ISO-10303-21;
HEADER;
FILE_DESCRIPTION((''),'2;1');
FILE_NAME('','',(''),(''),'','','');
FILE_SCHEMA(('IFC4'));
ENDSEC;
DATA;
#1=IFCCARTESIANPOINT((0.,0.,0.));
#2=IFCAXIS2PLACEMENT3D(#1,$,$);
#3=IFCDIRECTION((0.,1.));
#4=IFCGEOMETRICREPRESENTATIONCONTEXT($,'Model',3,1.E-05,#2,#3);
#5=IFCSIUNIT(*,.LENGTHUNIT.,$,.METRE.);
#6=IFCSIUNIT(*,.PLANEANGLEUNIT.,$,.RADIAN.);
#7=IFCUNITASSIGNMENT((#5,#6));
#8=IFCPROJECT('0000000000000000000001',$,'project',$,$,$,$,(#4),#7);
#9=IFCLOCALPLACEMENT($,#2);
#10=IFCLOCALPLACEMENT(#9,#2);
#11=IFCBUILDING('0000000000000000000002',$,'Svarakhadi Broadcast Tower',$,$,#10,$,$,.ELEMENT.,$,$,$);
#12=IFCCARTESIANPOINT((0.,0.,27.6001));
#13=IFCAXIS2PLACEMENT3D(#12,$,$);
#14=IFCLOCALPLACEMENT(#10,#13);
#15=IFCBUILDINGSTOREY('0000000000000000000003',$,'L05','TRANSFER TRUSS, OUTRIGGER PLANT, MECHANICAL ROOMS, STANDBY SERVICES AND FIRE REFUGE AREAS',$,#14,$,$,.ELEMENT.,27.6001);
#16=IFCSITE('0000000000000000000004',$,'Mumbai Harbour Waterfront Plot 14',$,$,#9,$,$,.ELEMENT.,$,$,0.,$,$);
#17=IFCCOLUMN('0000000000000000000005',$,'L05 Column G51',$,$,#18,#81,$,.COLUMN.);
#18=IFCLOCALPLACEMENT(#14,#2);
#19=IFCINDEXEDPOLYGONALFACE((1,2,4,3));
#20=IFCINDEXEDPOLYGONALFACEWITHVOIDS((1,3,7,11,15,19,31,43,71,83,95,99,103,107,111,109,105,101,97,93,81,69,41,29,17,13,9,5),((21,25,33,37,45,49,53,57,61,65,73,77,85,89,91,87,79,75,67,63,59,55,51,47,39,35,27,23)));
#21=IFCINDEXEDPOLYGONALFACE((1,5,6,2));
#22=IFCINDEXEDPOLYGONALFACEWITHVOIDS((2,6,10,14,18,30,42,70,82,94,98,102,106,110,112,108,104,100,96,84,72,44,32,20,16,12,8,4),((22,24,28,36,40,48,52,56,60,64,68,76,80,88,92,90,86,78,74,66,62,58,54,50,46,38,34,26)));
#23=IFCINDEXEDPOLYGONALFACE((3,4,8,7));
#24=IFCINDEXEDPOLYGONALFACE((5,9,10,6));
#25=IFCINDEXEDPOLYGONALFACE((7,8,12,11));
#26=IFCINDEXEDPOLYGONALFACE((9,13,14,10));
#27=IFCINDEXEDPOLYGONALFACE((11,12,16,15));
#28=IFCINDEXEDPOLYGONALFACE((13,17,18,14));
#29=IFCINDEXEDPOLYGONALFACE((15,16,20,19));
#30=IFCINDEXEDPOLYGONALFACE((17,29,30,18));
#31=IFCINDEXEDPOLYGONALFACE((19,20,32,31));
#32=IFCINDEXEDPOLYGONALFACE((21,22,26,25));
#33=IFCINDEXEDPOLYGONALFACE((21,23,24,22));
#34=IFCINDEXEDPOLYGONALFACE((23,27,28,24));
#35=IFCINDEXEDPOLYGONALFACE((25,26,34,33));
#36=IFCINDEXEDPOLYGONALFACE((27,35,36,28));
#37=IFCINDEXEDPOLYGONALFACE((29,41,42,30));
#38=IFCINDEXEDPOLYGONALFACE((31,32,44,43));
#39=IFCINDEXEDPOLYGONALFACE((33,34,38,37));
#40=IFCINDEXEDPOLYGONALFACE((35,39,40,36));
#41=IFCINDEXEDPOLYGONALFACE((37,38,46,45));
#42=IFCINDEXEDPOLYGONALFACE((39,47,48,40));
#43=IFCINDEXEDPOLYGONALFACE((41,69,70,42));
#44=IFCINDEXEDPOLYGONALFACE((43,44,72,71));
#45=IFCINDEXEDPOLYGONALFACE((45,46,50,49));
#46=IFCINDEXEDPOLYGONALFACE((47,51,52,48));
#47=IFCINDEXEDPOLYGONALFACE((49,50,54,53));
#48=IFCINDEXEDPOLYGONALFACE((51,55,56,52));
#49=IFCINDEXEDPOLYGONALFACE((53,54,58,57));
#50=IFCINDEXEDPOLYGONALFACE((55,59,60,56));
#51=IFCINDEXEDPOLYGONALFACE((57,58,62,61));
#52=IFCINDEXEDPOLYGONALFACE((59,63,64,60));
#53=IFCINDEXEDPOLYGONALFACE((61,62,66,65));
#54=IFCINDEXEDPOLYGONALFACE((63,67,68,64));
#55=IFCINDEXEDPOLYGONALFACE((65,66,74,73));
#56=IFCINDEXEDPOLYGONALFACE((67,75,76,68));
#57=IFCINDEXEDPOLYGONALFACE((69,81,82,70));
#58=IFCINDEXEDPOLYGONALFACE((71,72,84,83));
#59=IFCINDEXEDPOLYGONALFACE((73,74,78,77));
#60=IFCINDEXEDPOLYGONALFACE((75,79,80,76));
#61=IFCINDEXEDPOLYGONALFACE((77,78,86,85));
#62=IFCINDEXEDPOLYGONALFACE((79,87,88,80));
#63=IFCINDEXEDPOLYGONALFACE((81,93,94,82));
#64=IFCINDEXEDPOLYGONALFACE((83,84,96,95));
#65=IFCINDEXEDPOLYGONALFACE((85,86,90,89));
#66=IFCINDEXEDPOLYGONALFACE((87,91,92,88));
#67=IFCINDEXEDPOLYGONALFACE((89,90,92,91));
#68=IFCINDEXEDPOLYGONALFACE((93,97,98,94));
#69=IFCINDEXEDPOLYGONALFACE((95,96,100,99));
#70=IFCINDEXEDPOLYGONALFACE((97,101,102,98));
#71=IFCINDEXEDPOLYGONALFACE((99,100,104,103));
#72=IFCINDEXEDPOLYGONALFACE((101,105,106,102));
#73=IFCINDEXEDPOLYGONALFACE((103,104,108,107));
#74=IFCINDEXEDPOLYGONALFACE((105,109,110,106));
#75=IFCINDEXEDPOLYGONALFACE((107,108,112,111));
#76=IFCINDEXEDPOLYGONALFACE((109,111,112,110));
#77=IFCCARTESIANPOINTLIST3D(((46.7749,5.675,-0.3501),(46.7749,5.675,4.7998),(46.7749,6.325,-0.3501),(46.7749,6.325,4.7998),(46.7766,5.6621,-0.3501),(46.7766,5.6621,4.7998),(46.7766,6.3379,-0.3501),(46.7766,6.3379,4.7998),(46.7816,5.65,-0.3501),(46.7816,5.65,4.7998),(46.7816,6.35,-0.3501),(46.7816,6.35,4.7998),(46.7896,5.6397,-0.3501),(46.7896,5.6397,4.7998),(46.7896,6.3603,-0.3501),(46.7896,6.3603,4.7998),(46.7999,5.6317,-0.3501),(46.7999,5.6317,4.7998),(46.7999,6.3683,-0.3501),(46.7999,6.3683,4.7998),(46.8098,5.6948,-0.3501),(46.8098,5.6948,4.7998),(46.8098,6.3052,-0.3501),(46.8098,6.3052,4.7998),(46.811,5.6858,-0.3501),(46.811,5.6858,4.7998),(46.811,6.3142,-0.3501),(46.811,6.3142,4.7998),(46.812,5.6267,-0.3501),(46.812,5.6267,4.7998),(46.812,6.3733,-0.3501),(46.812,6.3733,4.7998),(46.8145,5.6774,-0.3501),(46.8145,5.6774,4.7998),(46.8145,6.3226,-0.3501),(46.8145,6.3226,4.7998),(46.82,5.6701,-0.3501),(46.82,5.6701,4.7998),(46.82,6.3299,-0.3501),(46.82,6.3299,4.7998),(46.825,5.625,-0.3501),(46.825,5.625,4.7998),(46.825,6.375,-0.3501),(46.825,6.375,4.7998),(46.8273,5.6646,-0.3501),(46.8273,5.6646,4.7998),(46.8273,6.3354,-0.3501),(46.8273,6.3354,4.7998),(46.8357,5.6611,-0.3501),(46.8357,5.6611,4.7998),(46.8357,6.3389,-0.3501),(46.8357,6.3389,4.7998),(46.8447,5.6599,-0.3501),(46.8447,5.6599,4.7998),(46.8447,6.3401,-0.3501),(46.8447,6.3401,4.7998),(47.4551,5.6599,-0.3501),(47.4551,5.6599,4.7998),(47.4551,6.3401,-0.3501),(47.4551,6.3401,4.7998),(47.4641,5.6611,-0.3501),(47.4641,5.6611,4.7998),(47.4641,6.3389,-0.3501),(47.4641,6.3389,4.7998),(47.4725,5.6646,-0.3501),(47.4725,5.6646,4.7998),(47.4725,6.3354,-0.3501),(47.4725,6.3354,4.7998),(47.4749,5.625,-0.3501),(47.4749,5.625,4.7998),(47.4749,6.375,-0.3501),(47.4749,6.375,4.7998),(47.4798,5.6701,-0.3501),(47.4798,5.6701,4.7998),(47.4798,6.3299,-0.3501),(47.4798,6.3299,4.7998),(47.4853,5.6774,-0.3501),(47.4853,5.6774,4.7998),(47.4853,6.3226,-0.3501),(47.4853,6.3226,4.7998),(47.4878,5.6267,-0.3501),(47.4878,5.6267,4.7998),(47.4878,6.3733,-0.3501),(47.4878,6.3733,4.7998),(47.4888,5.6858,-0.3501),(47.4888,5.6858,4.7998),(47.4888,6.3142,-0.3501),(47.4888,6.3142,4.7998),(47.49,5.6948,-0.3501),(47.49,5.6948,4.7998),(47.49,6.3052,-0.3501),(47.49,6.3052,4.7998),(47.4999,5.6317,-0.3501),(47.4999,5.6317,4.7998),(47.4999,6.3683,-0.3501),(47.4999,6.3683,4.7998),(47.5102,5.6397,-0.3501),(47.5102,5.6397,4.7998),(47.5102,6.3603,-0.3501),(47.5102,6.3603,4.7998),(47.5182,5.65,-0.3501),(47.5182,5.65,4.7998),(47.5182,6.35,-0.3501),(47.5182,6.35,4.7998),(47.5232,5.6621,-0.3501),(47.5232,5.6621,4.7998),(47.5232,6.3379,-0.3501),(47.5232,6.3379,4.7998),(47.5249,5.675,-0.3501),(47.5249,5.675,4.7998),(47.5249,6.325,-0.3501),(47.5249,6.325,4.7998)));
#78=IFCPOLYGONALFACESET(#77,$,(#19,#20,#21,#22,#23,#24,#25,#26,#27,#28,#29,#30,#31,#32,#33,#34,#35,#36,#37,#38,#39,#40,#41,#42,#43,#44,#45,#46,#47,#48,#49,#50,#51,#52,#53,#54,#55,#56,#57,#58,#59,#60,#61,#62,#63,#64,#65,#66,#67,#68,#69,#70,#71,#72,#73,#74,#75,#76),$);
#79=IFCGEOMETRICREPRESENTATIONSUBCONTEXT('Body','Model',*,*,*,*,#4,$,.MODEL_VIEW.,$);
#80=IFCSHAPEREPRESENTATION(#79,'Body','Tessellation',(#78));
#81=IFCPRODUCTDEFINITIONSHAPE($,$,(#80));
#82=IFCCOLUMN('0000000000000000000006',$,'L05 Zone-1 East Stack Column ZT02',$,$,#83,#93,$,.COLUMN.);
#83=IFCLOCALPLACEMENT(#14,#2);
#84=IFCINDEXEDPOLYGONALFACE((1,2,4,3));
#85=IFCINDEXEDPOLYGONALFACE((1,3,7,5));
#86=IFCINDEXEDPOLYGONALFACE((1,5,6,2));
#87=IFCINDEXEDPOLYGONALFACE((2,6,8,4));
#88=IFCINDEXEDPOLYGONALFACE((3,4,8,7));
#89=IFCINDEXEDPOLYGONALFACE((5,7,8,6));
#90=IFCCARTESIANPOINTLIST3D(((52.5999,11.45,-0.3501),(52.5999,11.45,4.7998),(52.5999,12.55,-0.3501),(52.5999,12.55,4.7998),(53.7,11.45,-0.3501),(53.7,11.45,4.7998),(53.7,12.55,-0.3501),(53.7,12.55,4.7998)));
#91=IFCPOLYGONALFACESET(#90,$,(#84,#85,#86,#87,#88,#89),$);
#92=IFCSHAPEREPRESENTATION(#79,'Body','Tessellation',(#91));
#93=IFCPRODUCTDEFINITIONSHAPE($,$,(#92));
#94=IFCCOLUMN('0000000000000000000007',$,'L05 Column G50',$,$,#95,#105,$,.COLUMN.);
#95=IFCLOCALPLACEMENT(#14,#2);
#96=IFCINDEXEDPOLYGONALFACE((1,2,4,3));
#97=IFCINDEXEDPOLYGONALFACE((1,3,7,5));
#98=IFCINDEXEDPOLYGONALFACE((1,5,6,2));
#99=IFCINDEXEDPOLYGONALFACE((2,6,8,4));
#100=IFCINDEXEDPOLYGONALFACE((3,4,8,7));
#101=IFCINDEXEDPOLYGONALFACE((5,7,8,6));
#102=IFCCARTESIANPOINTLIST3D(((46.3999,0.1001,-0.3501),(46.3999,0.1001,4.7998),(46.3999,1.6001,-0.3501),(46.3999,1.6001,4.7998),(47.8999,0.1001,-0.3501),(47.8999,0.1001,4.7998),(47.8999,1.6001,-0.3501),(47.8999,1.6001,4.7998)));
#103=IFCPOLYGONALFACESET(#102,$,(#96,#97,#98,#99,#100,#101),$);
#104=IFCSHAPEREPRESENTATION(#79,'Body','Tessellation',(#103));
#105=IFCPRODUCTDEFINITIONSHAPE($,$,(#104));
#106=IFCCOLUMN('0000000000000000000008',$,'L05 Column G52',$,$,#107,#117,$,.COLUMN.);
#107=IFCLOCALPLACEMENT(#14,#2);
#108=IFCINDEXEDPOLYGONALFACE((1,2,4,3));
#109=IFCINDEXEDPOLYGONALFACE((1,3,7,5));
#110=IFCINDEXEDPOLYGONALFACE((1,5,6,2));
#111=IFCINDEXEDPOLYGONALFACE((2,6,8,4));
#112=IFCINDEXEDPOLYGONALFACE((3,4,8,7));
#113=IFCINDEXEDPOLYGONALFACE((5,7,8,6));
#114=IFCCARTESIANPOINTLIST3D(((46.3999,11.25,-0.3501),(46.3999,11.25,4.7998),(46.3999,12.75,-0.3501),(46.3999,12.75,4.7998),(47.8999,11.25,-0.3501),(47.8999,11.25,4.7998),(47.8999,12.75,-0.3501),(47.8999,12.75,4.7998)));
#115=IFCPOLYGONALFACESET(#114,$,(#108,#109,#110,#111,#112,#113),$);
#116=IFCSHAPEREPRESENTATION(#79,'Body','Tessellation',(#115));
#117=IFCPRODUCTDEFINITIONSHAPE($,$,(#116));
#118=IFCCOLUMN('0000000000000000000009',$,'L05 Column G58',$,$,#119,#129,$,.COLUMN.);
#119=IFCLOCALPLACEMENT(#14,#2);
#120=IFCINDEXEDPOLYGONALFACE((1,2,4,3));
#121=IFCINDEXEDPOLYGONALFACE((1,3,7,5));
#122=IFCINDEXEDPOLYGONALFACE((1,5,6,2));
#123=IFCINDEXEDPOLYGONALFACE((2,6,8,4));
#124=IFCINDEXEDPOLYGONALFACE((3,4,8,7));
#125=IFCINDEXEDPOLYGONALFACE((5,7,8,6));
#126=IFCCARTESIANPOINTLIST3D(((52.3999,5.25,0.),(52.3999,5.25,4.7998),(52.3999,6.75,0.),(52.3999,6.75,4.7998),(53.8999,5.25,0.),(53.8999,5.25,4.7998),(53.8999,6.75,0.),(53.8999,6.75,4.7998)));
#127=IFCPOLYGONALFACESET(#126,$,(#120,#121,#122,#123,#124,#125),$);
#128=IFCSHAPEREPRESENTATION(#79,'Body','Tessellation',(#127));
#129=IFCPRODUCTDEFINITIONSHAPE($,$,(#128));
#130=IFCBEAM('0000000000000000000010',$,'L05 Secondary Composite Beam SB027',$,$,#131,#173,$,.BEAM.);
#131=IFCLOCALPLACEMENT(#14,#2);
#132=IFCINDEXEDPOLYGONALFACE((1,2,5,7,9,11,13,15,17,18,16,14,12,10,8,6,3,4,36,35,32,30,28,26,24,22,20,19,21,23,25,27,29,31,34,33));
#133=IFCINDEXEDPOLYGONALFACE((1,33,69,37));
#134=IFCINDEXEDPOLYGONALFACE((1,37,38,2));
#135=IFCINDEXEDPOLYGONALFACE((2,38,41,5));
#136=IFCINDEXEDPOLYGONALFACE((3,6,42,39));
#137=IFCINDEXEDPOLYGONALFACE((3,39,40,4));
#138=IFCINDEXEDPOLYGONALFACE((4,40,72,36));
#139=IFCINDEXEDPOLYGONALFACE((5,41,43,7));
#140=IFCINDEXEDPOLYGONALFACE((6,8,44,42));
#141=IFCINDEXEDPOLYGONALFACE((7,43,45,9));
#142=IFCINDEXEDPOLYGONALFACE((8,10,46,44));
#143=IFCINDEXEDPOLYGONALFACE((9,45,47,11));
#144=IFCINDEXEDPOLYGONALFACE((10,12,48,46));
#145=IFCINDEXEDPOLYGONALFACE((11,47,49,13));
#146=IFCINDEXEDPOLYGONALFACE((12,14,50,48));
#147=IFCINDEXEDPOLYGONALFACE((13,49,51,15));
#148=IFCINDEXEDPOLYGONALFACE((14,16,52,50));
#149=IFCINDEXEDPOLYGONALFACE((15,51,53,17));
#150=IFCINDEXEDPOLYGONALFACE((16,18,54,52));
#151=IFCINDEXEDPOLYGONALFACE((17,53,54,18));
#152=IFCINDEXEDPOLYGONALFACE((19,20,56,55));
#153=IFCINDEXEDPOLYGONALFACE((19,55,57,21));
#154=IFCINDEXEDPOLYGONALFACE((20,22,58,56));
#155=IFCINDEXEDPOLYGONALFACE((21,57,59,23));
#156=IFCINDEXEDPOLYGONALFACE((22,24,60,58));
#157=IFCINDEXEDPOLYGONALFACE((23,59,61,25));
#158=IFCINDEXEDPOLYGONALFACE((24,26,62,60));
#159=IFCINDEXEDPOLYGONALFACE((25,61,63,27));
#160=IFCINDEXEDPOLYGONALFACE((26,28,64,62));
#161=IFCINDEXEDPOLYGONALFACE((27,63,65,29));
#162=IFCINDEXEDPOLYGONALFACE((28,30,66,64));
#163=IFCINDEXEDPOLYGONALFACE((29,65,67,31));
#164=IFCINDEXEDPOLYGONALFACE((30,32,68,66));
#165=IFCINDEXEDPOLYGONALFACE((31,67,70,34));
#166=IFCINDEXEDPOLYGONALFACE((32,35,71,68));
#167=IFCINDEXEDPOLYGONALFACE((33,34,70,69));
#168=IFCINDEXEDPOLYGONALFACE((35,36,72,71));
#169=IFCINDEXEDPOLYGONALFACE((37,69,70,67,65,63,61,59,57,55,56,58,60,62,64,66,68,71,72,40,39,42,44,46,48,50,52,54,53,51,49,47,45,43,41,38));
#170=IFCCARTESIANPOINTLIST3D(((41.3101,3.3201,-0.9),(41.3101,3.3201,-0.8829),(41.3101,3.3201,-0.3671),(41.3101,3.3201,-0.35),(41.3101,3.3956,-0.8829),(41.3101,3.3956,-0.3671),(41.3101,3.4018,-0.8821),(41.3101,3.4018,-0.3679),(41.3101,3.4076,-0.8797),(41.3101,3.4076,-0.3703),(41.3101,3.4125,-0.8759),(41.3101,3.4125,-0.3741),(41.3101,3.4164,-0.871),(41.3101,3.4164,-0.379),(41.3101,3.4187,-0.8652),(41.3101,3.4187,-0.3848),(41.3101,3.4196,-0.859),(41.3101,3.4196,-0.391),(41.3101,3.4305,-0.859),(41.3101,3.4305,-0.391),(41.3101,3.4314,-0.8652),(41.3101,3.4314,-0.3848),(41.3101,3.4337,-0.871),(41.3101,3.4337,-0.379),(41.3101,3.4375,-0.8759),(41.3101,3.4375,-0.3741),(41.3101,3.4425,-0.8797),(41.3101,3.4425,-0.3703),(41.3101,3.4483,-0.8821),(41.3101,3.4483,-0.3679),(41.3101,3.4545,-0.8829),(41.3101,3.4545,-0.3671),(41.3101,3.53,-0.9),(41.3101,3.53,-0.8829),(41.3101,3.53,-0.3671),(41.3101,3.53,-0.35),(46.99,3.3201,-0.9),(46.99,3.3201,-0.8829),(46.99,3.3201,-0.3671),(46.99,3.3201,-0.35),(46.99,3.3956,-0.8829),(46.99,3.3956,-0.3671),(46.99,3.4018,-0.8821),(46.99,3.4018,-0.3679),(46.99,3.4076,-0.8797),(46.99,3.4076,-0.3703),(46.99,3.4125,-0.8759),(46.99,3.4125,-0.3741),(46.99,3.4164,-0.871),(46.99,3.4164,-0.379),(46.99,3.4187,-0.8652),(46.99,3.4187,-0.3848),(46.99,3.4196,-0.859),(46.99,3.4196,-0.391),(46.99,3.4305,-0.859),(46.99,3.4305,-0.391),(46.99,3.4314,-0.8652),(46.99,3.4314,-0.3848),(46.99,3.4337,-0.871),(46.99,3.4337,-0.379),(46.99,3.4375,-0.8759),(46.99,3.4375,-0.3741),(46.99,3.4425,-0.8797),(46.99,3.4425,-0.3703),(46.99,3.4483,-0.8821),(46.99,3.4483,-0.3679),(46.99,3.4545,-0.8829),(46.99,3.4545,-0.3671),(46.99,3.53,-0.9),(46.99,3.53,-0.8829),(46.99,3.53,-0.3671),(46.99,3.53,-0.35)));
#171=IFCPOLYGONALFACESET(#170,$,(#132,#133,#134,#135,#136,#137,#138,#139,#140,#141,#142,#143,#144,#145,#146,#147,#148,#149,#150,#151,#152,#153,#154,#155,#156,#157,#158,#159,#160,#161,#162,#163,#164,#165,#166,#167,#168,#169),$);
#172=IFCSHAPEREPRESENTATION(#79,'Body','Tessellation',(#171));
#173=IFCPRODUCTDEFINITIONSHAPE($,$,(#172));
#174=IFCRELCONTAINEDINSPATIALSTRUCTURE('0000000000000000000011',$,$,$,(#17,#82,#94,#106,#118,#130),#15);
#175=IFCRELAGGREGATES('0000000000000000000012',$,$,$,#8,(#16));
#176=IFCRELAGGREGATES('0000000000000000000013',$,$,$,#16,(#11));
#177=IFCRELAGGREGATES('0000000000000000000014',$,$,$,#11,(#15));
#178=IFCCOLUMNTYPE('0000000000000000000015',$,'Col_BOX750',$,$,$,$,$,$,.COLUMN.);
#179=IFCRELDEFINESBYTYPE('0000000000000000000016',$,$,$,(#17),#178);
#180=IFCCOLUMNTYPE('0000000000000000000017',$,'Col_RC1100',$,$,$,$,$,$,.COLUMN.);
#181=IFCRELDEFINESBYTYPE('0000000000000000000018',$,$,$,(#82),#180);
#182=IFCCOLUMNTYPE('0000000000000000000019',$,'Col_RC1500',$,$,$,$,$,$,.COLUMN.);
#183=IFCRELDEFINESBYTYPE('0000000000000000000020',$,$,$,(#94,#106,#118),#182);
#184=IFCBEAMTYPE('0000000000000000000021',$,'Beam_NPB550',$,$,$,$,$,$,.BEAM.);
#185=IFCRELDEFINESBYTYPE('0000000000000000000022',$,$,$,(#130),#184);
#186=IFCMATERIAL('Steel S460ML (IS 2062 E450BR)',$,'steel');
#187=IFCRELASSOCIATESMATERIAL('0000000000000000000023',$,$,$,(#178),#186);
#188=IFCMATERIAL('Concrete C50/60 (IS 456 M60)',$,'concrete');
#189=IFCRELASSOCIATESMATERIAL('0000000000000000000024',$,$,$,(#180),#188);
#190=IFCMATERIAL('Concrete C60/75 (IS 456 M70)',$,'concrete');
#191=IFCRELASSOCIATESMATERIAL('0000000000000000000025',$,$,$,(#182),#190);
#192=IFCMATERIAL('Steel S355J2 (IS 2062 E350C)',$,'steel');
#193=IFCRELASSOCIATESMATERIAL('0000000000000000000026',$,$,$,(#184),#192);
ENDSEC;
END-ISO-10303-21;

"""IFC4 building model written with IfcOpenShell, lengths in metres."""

from ifc_helpers import new_model, si_unit, direction, frame, origin, origin_2d, place, context, subcontext, project, spatial, rectangle, hollow_rectangle, i_section, extrude, material, material_profile, profile_set, type_object, element, save


model = new_model("IFC4")

# Units and contexts
model_context = context("Model", 3, precision=1e-05, world=origin(), true_north=direction((0.0, 1.0)))
body_context = subcontext(model_context, "Body", "Model", "MODEL_VIEW")
ifc_project = project(units=[si_unit("LENGTHUNIT", "METRE"), si_unit("PLANEANGLEUNIT", "RADIAN")], contexts=[model_context])

# Site, building, storey
site_placement = place(None, origin())
site = spatial("IfcSite", under=ifc_project, at=site_placement, Name="Mumbai Harbour Waterfront Plot 14", CompositionType="ELEMENT", RefElevation=0.0)
building_placement = place(site_placement, origin())
building = spatial("IfcBuilding", under=site, at=building_placement, Name="Svarakhadi Broadcast Tower", CompositionType="ELEMENT")
storey_placement = place(building_placement, frame((0.0, 0.0, 27.6001)))
storey = spatial("IfcBuildingStorey", under=building, at=storey_placement, Name="L05", Description="TRANSFER TRUSS, OUTRIGGER PLANT, MECHANICAL ROOMS, STANDBY SERVICES AND FIRE REFUGE AREAS", CompositionType="ELEMENT", Elevation=27.6001)

# Columns
ifc_material_1 = material(Name="Steel S460ML (IS 2062 E450BR)", Category="steel")
ifc_material_profile_1 = material_profile(ifc_material_1, hollow_rectangle(XDim=0.75, YDim=0.75, WallThickness=0.0349, InnerFilletRadius=0.0349, OuterFilletRadius=0.05, at=origin_2d()), Name="BOX 750x750x35")
ifc_profile_set_1 = profile_set([ifc_material_profile_1], Name="Steel S460ML (IS 2062 E450BR)")
column_type_1 = type_object("IfcColumnType", Name="Col_BOX750", PredefinedType="COLUMN", material=ifc_profile_set_1)
column_1_placement = place(storey_placement, frame((47.1499, 6.0, -0.3501), z_axis=(0.0, 0.0, 1.0), x_axis=(1.0, 0.0, 0.0)))
element("IfcColumn", 1, at=column_1_placement, inside=storey, type_object=column_type_1, Name="L05 Column G51", PredefinedType="COLUMN", context=body_context, shape_type="SweptSolid", body=[
    extrude(hollow_rectangle(XDim=0.75, YDim=0.75, WallThickness=0.0349, InnerFilletRadius=0.0349, OuterFilletRadius=0.05, at=origin_2d()), origin(), (0.0, 0.0, 1.0), 5.1499),
])
ifc_material_2 = material(Name="Concrete C50/60 (IS 456 M60)", Category="concrete")
ifc_material_profile_2 = material_profile(ifc_material_2, rectangle(XDim=1.1001, YDim=1.1001, at=origin_2d()), Name="RC 1100x1100")
ifc_profile_set_2 = profile_set([ifc_material_profile_2], Name="Concrete C50/60 (IS 456 M60)")
column_type_2 = type_object("IfcColumnType", Name="Col_RC1100", PredefinedType="COLUMN", material=ifc_profile_set_2)
column_2_placement = place(storey_placement, frame((53.1499, 12.0, -0.3501), z_axis=(0.0, 0.0, 1.0), x_axis=(1.0, 0.0, 0.0)))
element("IfcColumn", 2, at=column_2_placement, inside=storey, type_object=column_type_2, Name="L05 Zone-1 East Stack Column ZT02", PredefinedType="COLUMN", context=body_context, shape_type="SweptSolid", body=[
    extrude(rectangle(XDim=1.1001, YDim=1.1001, at=origin_2d()), origin(), (0.0, 0.0, 1.0), 5.1499),
])
ifc_material_3 = material(Name="Concrete C60/75 (IS 456 M70)", Category="concrete")
ifc_material_profile_3 = material_profile(ifc_material_3, rectangle(XDim=1.5, YDim=1.5, at=origin_2d()), Name="RC 1500x1500")
ifc_profile_set_3 = profile_set([ifc_material_profile_3], Name="Concrete C60/75 (IS 456 M70)")
column_type_3 = type_object("IfcColumnType", Name="Col_RC1500", PredefinedType="COLUMN", material=ifc_profile_set_3)
for number, where, z_axis, x_axis, name in (
    (3, (47.1499, 0.8501, -0.3501), (0.0, 0.0, 1.0), (1.0, 0.0, 0.0), "L05 Column G50"),
    (4, (47.1499, 12.0, -0.3501), (0.0, 0.0, 1.0), (1.0, 0.0, 0.0), "L05 Column G52"),
):
    element("IfcColumn", number, at=place(storey_placement, frame(where, z_axis=z_axis, x_axis=x_axis)), inside=storey, type_object=column_type_3, Name=name, PredefinedType="COLUMN", context=body_context, shape_type="SweptSolid", body=[
        extrude(rectangle(XDim=1.5, YDim=1.5, at=origin_2d()), origin(), (0.0, 0.0, 1.0), 5.1499),
    ])
column_3_placement = place(storey_placement, frame((53.1499, 6.0, 0.0), z_axis=(0.0, 0.0, 1.0), x_axis=(1.0, 0.0, 0.0)))
element("IfcColumn", 5, at=column_3_placement, inside=storey, type_object=column_type_3, Name="L05 Column G58", PredefinedType="COLUMN", context=body_context, shape_type="SweptSolid", body=[
    extrude(rectangle(XDim=1.5, YDim=1.5, at=origin_2d()), origin(), (0.0, 0.0, 1.0), 4.7998),
])

# Beam
ifc_material_4 = material(Name="Steel S355J2 (IS 2062 E350C)", Category="steel")
ifc_material_profile_4 = material_profile(ifc_material_4, i_section(OverallWidth=0.21, OverallDepth=0.55, WebThickness=0.011, FlangeThickness=0.0171, FilletRadius=0.0239, at=origin_2d()), Name="NPB 550x210x106")
ifc_profile_set_4 = profile_set([ifc_material_profile_4], Name="Steel S355J2 (IS 2062 E350C)")
beam_type_1 = type_object("IfcBeamType", Name="Beam_NPB550", PredefinedType="BEAM", material=ifc_profile_set_4)
for number, where, z_axis, x_axis, name in (
    (6, (41.3101, 3.425, -0.625), (1.0, 0.0, 0.0), (0.0, 1.0, 0.0), "L05 Secondary Composite Beam SB027"),
):
    element("IfcBeam", number, at=place(storey_placement, frame(where, z_axis=z_axis, x_axis=x_axis)), inside=storey, type_object=beam_type_1, Name=name, PredefinedType="BEAM", context=body_context, shape_type="SweptSolid", body=[
        extrude(i_section(OverallWidth=0.21, OverallDepth=0.55, WebThickness=0.011, FlangeThickness=0.0171, FilletRadius=0.0239, at=origin_2d()), origin(), (0.0, 0.0, 1.0), 5.6799),
    ])

save(model, "model.ifc")
